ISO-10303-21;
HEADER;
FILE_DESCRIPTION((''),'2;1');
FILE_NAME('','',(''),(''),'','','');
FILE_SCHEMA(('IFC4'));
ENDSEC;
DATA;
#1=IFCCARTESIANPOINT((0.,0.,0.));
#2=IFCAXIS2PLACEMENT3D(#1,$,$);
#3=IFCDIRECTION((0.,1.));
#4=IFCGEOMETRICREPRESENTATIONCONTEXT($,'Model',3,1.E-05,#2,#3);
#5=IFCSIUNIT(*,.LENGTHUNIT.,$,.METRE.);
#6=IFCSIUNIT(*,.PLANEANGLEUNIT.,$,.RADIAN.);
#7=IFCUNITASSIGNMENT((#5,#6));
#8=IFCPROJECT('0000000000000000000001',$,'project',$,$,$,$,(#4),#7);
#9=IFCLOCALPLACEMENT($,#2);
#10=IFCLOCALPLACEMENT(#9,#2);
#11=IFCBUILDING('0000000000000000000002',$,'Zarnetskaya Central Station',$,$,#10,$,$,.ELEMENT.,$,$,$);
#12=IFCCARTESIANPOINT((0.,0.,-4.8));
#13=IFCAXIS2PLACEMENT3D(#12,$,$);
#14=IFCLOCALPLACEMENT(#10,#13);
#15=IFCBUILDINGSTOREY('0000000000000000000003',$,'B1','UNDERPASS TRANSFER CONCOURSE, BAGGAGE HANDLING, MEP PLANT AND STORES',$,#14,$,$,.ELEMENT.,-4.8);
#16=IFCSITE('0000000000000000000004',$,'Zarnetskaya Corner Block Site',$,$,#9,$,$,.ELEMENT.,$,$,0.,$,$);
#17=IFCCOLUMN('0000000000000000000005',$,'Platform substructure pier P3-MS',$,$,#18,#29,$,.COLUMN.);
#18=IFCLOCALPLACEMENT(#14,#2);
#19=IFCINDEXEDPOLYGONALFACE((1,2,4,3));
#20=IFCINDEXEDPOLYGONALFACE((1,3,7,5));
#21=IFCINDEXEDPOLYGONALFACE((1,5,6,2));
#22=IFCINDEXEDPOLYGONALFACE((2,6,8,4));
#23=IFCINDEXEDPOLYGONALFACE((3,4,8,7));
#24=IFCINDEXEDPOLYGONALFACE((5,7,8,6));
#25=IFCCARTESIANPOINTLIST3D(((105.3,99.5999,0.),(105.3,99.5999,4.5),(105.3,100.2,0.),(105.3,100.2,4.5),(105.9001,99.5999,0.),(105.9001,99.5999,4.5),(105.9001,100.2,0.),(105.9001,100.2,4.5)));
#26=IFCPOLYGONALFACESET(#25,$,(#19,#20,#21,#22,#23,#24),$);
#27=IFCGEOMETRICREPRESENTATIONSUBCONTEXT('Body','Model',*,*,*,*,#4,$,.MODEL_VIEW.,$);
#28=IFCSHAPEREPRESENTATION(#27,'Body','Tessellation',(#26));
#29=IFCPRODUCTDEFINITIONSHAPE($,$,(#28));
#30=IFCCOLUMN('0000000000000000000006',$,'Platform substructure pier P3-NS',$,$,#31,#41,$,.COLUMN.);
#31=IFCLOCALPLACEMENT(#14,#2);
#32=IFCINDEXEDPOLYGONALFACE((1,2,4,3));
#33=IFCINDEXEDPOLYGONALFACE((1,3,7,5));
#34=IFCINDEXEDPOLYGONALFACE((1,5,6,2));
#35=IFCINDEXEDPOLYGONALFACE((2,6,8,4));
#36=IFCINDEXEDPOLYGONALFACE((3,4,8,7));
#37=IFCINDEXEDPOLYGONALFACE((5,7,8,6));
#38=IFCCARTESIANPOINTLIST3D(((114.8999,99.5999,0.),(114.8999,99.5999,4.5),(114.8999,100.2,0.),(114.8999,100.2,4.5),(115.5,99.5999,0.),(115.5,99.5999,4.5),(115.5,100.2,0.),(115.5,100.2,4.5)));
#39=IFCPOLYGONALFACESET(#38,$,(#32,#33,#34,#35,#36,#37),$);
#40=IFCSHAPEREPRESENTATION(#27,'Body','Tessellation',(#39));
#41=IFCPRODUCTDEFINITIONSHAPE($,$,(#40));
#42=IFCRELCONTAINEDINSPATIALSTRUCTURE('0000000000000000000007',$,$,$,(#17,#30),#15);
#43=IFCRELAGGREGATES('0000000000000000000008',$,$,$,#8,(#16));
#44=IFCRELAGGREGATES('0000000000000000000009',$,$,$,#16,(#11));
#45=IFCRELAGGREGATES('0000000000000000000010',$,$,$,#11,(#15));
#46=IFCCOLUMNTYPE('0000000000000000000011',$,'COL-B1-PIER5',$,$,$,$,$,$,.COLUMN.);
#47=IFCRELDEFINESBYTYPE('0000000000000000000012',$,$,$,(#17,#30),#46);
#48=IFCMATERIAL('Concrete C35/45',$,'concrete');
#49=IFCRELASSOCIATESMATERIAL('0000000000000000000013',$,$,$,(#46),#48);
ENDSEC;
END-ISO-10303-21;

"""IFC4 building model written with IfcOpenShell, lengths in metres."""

from ifc_helpers import new_model, si_unit, direction, frame, origin, origin_2d, place, context, subcontext, project, spatial, rectangle, extrude, material, material_profile, profile_set, type_object, element, save


model = new_model("IFC4")

# Units and contexts
model_context = context("Model", 3, precision=1e-05, world=origin(), true_north=direction((0.0, 1.0)))
body_context = subcontext(model_context, "Body", "Model", "MODEL_VIEW")
ifc_project = project(units=[si_unit("LENGTHUNIT", "METRE"), si_unit("PLANEANGLEUNIT", "RADIAN")], contexts=[model_context])

# Site, building, storey
site_placement = place(None, origin())
site = spatial("IfcSite", under=ifc_project, at=site_placement, Name="Zarnetskaya Corner Block Site", CompositionType="ELEMENT", RefElevation=0.0)
building_placement = place(site_placement, origin())
building = spatial("IfcBuilding", under=site, at=building_placement, Name="Zarnetskaya Central Station", CompositionType="ELEMENT")
storey_placement = place(building_placement, frame((0.0, 0.0, -4.8)))
storey = spatial("IfcBuildingStorey", under=building, at=storey_placement, Name="B1", Description="UNDERPASS TRANSFER CONCOURSE, BAGGAGE HANDLING, MEP PLANT AND STORES", CompositionType="ELEMENT", Elevation=-4.8)

# Shared definitions
ifc_material = material(Name="Concrete C35/45", Category="concrete")

# Columns
ifc_material_profile_1 = material_profile(ifc_material, rectangle(XDim=0.6001, YDim=0.6001, at=origin_2d()), Name="RC 600x600")
ifc_profile_set_1 = profile_set([ifc_material_profile_1], Name="Concrete C35/45")
column_type_1 = type_object("IfcColumnType", Name="COL-B1-PIER5", PredefinedType="COLUMN", material=ifc_profile_set_1)
for number, where, z_axis, x_axis, name in (
    (1, (105.6001, 99.8999, 0.0), (0.0, 0.0, 1.0), (1.0, 0.0, 0.0), "Platform substructure pier P3-MS"),
    (2, (115.2, 99.8999, 0.0), (0.0, 0.0, 1.0), (1.0, 0.0, 0.0), "Platform substructure pier P3-NS"),
):
    element("IfcColumn", number, at=place(storey_placement, frame(where, z_axis=z_axis, x_axis=x_axis)), inside=storey, type_object=column_type_1, Name=name, PredefinedType="COLUMN", context=body_context, shape_type="SweptSolid", body=[
        extrude(rectangle(XDim=0.6001, YDim=0.6001, at=origin_2d()), origin(), (0.0, 0.0, 1.0), 4.5),
    ])

save(model, "model.ifc")
